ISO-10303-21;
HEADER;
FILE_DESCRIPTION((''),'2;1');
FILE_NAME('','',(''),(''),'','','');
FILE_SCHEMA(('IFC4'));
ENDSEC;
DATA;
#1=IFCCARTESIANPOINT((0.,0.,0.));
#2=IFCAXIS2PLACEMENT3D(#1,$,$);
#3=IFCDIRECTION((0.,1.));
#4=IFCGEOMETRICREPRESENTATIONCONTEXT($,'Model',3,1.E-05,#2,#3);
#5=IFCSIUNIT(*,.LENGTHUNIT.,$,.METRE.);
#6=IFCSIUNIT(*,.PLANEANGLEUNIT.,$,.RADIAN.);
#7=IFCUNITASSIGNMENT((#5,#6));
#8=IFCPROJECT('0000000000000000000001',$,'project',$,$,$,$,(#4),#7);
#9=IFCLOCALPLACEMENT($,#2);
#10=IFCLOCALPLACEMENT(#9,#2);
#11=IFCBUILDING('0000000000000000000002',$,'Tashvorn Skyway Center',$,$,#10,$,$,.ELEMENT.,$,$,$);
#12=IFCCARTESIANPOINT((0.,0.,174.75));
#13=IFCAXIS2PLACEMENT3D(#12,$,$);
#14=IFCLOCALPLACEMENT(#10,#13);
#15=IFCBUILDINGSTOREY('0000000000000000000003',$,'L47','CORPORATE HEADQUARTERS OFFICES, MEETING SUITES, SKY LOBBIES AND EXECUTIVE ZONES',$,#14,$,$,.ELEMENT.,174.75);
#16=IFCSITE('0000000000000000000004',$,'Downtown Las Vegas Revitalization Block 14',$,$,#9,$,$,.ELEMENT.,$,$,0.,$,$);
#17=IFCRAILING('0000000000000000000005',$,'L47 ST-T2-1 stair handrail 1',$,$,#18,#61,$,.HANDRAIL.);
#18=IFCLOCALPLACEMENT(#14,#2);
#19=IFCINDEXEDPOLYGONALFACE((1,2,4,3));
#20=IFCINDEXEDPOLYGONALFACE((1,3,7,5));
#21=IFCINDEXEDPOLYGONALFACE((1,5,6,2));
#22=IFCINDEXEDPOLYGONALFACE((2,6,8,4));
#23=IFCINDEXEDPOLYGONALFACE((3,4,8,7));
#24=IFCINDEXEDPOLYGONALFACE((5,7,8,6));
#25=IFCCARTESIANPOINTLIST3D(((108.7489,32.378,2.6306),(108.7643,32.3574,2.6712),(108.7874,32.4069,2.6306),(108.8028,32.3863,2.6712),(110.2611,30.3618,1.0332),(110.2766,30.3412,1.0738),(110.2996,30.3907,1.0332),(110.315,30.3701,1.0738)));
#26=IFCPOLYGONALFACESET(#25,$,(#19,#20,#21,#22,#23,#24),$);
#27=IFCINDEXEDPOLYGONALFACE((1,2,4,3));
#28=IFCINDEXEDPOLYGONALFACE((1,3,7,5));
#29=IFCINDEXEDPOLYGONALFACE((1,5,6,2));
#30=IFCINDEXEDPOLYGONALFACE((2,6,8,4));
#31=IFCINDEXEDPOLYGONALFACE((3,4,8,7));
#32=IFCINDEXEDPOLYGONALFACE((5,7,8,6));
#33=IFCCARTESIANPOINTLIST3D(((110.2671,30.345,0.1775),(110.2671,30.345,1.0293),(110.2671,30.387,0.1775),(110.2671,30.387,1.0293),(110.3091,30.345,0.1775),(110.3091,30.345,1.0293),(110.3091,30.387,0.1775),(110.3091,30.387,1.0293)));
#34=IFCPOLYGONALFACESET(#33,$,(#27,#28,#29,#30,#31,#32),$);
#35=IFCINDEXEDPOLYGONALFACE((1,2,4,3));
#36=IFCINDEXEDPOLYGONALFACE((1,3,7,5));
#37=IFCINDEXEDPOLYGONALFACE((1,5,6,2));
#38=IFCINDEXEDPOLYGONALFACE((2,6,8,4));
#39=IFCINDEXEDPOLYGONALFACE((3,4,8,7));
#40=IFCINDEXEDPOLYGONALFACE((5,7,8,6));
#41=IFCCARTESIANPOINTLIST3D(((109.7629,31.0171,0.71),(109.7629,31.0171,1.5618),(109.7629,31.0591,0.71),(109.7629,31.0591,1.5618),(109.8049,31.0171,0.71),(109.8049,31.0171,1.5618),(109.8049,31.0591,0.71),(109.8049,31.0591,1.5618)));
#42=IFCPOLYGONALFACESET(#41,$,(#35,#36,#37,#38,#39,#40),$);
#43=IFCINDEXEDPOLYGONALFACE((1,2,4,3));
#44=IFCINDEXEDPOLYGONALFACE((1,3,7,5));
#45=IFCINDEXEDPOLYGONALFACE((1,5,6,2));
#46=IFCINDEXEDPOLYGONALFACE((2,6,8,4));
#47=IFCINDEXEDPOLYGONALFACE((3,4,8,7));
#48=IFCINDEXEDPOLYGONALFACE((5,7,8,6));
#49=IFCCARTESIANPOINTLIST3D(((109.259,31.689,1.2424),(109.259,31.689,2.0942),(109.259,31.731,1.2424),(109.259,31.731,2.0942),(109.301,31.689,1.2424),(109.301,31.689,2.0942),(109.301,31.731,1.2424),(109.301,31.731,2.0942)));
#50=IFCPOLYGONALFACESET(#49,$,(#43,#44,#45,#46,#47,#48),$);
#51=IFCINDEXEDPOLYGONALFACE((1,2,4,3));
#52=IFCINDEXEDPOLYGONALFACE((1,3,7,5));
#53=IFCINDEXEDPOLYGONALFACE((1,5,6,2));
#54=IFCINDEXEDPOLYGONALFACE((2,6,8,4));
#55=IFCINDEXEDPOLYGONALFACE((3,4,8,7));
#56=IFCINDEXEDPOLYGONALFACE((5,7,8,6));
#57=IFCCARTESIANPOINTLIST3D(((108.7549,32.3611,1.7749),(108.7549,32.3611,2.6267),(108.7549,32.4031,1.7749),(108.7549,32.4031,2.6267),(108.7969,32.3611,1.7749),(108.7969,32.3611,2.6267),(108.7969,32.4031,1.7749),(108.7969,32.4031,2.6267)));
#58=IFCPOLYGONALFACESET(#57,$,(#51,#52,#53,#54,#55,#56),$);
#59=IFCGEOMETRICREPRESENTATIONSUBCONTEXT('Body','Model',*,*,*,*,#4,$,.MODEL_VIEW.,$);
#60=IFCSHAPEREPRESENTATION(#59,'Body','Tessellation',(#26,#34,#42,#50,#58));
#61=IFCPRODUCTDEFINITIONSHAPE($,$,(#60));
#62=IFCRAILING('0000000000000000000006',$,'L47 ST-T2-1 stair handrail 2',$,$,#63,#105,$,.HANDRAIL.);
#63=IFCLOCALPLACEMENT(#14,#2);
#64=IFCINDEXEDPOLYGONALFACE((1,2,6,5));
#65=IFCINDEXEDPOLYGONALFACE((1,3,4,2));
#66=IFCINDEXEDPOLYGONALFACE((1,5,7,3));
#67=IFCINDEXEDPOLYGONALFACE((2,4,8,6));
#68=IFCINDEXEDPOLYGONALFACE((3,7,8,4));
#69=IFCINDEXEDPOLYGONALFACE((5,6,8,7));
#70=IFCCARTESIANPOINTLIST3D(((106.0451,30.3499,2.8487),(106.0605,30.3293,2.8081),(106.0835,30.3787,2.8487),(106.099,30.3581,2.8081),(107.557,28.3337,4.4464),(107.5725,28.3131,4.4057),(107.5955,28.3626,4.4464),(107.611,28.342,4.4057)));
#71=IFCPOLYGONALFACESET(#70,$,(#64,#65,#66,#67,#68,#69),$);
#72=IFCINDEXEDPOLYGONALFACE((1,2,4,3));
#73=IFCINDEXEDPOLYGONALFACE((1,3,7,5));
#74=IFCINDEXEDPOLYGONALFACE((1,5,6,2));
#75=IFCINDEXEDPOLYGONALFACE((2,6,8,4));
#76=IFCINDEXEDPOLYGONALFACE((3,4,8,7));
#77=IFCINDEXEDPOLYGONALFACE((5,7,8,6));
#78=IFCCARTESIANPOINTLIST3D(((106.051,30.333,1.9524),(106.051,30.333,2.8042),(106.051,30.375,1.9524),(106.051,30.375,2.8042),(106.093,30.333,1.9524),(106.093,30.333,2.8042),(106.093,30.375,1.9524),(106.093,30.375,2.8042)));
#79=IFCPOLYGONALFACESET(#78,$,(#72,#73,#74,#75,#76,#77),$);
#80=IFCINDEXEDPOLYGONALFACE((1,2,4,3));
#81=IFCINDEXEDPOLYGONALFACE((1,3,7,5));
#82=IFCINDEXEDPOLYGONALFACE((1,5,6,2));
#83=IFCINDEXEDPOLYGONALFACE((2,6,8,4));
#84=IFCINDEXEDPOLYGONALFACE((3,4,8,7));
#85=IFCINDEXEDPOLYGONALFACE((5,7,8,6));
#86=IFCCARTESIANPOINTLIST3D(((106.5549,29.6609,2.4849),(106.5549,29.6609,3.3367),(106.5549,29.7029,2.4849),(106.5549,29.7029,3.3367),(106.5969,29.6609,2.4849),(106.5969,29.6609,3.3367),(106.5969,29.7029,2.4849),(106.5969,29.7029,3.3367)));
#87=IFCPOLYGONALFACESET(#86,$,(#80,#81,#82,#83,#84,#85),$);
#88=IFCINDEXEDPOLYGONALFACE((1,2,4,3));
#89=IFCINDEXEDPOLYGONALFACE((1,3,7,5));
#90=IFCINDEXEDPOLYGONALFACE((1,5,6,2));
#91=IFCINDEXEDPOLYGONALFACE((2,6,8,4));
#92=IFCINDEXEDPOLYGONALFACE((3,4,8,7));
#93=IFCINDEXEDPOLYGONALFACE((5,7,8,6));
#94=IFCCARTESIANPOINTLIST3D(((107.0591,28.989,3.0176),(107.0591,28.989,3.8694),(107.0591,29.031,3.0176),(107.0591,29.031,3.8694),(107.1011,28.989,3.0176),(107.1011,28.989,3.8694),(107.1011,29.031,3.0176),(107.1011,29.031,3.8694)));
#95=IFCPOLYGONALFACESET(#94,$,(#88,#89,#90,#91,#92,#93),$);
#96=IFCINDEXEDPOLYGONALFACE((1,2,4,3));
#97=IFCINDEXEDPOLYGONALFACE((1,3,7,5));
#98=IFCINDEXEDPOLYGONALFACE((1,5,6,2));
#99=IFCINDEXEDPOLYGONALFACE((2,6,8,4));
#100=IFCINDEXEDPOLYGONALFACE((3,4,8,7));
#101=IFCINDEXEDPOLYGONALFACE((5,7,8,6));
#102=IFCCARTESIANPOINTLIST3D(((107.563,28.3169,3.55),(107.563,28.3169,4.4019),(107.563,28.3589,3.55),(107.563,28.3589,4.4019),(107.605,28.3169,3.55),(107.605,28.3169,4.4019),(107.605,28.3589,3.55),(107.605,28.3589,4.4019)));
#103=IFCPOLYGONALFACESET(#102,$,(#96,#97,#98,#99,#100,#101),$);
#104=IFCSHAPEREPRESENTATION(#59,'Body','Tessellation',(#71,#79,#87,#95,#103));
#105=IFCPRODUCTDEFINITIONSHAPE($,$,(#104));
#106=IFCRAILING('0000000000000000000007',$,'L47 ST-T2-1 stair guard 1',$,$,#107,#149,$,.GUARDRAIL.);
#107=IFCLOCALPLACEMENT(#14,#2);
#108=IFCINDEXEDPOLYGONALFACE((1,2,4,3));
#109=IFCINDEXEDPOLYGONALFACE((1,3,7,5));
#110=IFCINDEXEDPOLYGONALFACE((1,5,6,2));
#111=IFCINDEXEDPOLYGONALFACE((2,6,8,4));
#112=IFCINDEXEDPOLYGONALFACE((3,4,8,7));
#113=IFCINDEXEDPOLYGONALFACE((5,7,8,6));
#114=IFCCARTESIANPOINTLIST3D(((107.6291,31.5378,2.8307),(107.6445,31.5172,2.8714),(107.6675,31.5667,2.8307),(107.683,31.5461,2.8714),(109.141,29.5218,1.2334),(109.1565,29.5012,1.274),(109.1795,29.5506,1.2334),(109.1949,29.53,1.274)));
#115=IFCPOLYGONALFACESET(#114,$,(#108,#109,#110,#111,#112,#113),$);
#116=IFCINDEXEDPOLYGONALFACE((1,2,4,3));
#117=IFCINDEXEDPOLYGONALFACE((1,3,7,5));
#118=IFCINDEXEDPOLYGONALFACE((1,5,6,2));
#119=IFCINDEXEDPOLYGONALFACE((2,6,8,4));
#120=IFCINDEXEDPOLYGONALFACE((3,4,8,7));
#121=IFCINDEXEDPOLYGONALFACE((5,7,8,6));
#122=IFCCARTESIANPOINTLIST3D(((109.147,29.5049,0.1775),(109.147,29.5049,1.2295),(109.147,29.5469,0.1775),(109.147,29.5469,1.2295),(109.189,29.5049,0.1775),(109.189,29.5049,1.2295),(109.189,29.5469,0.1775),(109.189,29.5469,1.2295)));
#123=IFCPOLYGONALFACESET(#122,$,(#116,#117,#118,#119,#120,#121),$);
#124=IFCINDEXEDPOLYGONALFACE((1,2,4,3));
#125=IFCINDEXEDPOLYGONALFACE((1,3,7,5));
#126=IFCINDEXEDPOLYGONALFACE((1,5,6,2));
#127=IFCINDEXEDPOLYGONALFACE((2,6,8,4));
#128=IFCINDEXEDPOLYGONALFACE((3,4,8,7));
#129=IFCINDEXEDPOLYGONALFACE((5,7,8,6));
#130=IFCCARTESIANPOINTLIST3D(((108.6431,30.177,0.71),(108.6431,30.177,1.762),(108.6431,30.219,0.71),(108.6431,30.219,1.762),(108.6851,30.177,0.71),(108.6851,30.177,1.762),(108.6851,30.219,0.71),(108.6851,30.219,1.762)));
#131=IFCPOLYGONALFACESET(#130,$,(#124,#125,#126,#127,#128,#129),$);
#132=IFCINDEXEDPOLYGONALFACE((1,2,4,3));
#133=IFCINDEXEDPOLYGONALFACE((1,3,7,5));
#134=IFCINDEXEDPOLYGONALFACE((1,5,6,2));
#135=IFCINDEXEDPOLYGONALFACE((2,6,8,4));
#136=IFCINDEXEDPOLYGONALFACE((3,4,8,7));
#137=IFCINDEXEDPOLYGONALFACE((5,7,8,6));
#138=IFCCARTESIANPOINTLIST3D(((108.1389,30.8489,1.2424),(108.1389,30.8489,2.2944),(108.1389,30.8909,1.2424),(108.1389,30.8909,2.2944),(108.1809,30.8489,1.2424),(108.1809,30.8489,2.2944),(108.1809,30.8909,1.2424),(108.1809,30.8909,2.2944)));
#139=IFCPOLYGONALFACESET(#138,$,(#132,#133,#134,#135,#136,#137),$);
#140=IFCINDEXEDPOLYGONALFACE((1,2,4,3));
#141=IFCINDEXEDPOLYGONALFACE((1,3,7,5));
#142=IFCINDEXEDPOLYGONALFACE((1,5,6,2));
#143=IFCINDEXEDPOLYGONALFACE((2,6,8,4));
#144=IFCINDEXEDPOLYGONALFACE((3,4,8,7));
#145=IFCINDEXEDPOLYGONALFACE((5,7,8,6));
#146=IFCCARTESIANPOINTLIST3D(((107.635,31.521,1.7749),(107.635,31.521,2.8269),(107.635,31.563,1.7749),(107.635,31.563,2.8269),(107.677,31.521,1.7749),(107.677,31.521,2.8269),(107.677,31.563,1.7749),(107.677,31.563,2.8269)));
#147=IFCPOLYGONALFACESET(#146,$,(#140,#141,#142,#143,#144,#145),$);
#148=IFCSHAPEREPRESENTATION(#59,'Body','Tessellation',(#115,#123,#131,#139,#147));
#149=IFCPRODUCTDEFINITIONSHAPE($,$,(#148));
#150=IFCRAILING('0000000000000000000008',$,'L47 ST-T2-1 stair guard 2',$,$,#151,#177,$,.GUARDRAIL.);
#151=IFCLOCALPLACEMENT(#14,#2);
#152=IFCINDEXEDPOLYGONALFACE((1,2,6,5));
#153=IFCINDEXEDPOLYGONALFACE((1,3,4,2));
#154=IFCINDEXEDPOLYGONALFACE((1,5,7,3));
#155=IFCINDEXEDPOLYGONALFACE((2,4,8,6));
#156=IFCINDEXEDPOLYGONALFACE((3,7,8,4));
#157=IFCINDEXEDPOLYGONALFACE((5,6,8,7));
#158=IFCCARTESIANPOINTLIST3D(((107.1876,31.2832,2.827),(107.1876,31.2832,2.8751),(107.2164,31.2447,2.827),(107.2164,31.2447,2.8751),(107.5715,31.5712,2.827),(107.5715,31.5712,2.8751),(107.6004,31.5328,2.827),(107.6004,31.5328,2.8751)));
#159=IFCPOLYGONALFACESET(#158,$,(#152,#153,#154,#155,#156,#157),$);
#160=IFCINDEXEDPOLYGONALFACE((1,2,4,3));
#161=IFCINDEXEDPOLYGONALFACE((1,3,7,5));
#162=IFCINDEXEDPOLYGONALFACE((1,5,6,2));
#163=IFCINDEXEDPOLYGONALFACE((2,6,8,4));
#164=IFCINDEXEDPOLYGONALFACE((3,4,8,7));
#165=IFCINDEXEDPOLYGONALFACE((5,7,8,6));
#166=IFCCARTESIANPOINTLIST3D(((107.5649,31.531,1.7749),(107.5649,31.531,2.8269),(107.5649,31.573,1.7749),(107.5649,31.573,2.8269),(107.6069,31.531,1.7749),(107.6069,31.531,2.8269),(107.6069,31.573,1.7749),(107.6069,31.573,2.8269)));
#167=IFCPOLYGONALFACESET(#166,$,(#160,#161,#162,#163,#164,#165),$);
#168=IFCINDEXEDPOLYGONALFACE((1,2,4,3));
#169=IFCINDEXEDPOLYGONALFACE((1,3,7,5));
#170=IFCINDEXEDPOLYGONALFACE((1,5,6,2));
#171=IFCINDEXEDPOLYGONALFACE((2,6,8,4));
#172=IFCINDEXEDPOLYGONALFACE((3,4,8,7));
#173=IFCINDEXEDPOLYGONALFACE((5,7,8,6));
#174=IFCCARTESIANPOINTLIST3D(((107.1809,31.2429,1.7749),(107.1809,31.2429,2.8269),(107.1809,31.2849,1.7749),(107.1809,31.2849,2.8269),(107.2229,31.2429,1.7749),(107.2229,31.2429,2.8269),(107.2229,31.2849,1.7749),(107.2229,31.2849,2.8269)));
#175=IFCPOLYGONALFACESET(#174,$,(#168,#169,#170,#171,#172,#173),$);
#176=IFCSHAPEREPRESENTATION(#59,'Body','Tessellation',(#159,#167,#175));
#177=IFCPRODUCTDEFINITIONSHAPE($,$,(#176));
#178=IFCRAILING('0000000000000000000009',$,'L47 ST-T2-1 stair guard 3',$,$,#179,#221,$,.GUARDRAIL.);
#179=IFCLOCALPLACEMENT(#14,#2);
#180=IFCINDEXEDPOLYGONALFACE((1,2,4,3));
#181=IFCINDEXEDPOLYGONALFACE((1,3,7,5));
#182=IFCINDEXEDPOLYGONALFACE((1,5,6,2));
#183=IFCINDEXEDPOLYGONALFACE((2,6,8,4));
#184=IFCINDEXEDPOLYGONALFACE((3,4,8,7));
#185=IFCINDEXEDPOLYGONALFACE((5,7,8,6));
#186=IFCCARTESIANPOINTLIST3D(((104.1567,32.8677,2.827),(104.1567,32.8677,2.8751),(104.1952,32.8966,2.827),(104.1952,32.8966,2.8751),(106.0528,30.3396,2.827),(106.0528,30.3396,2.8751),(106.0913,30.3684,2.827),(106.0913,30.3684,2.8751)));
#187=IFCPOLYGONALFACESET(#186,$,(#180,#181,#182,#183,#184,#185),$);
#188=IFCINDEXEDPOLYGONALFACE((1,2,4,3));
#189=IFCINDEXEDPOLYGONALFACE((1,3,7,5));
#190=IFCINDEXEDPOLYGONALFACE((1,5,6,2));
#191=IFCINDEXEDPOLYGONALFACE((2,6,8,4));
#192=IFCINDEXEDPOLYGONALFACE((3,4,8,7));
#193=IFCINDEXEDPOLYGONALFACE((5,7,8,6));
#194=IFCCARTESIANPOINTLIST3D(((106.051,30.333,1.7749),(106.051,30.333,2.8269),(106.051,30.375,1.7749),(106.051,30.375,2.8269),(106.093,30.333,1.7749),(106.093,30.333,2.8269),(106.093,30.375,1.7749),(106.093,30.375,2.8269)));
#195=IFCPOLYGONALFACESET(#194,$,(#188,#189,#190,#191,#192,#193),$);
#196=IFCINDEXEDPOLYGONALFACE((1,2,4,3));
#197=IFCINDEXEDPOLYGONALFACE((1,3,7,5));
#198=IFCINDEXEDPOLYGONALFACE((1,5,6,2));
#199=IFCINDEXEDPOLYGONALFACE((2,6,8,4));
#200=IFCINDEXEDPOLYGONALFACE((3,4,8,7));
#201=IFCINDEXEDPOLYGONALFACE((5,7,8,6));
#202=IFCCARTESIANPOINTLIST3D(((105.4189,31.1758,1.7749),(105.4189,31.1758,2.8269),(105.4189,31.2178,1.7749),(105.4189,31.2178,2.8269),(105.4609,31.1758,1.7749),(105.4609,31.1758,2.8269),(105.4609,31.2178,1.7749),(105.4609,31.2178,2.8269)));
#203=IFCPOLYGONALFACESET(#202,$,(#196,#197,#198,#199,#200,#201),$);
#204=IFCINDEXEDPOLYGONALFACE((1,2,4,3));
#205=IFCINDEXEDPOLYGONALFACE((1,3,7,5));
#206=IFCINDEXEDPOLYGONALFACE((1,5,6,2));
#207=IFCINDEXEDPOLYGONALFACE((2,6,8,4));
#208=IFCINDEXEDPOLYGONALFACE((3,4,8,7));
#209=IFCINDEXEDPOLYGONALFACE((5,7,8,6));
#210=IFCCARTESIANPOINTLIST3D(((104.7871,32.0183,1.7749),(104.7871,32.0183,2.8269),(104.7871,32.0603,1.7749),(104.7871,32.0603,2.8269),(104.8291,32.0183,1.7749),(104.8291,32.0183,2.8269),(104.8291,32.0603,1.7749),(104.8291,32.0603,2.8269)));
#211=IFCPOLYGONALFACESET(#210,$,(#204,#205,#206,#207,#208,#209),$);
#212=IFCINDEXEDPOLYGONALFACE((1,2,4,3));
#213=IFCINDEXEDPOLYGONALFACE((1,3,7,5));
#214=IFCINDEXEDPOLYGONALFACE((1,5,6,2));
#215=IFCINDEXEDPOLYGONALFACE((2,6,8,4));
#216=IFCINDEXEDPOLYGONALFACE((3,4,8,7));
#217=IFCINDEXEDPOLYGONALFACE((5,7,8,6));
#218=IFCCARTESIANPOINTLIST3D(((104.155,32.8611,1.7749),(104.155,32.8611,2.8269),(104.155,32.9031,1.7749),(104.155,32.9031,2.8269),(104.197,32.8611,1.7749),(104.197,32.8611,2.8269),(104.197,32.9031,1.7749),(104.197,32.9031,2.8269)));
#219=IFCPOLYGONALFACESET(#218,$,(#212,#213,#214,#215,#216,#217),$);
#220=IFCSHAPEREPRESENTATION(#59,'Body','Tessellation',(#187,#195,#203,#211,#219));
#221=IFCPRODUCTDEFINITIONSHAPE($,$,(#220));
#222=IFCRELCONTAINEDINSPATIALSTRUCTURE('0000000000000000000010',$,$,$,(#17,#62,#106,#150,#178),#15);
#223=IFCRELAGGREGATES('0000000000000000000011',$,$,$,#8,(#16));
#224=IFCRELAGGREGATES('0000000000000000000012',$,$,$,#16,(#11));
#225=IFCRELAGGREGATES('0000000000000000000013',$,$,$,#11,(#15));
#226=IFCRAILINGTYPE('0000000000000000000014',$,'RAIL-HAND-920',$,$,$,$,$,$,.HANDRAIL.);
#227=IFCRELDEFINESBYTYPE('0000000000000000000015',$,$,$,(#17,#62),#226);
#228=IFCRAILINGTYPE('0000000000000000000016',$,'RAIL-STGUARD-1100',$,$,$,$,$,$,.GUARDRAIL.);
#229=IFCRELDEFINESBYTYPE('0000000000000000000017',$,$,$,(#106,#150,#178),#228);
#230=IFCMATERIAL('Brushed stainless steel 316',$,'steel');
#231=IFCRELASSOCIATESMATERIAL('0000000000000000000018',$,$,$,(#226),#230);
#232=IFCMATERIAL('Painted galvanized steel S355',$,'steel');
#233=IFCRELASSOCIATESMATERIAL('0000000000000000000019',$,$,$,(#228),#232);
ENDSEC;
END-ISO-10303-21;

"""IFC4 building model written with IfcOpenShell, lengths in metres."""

from ifc_helpers import new_model, si_unit, direction, frame, origin, origin_2d, place, context, subcontext, project, spatial, rectangle, extrude, material, type_object, element, save


model = new_model("IFC4")

# Units and contexts
model_context = context("Model", 3, precision=1e-05, world=origin(), true_north=direction((0.0, 1.0)))
body_context = subcontext(model_context, "Body", "Model", "MODEL_VIEW")
ifc_project = project(units=[si_unit("LENGTHUNIT", "METRE"), si_unit("PLANEANGLEUNIT", "RADIAN")], contexts=[model_context])

# Site, building, storey
site_placement = place(None, origin())
site = spatial("IfcSite", under=ifc_project, at=site_placement, Name="Downtown Las Vegas Revitalization Block 14", CompositionType="ELEMENT", RefElevation=0.0)
building_placement = place(site_placement, origin())
building = spatial("IfcBuilding", under=site, at=building_placement, Name="Tashvorn Skyway Center", CompositionType="ELEMENT")
storey_placement = place(building_placement, frame((0.0, 0.0, 174.75)))
storey = spatial("IfcBuildingStorey", under=building, at=storey_placement, Name="L47", Description="CORPORATE HEADQUARTERS OFFICES, MEETING SUITES, SKY LOBBIES AND EXECUTIVE ZONES", CompositionType="ELEMENT", Elevation=174.75)

# Railings
ifc_material_1 = material(Name="Brushed stainless steel 316", Category="steel")
railing_type_1 = type_object("IfcRailingType", Name="RAIL-HAND-920", PredefinedType="HANDRAIL", material=ifc_material_1)
railing_1_placement = place(storey_placement, frame((110.2881, 30.366, 0.1775)))
element("IfcRailing", 1, at=railing_1_placement, inside=storey, type_object=railing_type_1, Name="L47 ST-T2-1 stair handrail 1", PredefinedType="HANDRAIL", context=body_context, shape_type="SweptSolid", body=[
    extrude(rectangle(XDim=0.0481, YDim=0.0481, at=origin_2d()), frame((0.0, 0.0, 0.876), z_axis=(-0.506802, 0.675681, 0.535357), x_axis=(-0.799977, -0.600031, 0.0)), (0.0, 0.0, 1.0), 2.9839),
    extrude(rectangle(XDim=0.042, YDim=0.042, at=origin_2d()), origin(), (0.0, 0.0, 1.0), 0.8518),
    extrude(rectangle(XDim=0.042, YDim=0.042, at=origin_2d()), frame((-0.5042, 0.6721, 0.5325)), (0.0, 0.0, 1.0), 0.8518),
    extrude(rectangle(XDim=0.042, YDim=0.042, at=origin_2d()), frame((-1.0081, 1.344, 1.0649)), (0.0, 0.0, 1.0), 0.8518),
    extrude(rectangle(XDim=0.042, YDim=0.042, at=origin_2d()), frame((-1.5122, 2.0161, 1.5974)), (0.0, 0.0, 1.0), 0.8518),
])
railing_2_placement = place(storey_placement, frame((106.072, 30.354, 1.9524)))
element("IfcRailing", 2, at=railing_2_placement, inside=storey, type_object=railing_type_1, Name="L47 ST-T2-1 stair handrail 2", PredefinedType="HANDRAIL", context=body_context, shape_type="SweptSolid", body=[
    extrude(rectangle(XDim=0.0481, YDim=0.0481, at=origin_2d()), frame((0.0, 0.0, 0.876), z_axis=(0.506719, -0.675679, 0.535438), x_axis=(0.800023, 0.599969, 0.0)), (0.0, 0.0, 1.0), 2.9839),
    extrude(rectangle(XDim=0.042, YDim=0.042, at=origin_2d()), origin(), (0.0, 0.0, 1.0), 0.8518),
    extrude(rectangle(XDim=0.042, YDim=0.042, at=origin_2d()), frame((0.5039, -0.6721, 0.5325)), (0.0, 0.0, 1.0), 0.8518),
    extrude(rectangle(XDim=0.042, YDim=0.042, at=origin_2d()), frame((1.0081, -1.344, 1.0652)), (0.0, 0.0, 1.0), 0.8518),
    extrude(rectangle(XDim=0.042, YDim=0.042, at=origin_2d()), frame((1.512, -2.0161, 1.5977)), (0.0, 0.0, 1.0), 0.8518),
])
ifc_material_2 = material(Name="Painted galvanized steel S355", Category="steel")
railing_type_2 = type_object("IfcRailingType", Name="RAIL-STGUARD-1100", PredefinedType="GUARDRAIL", material=ifc_material_2)
railing_3_placement = place(storey_placement, frame((109.168, 29.5259, 0.1775)))
element("IfcRailing", 3, at=railing_3_placement, inside=storey, type_object=railing_type_2, Name="L47 ST-T2-1 stair guard 1", PredefinedType="GUARDRAIL", context=body_context, shape_type="SweptSolid", body=[
    extrude(rectangle(XDim=0.0481, YDim=0.0481, at=origin_2d()), frame((0.0, 0.0, 1.0762), z_axis=(-0.506741, 0.675709, 0.535379), x_axis=(-0.800023, -0.599969, 0.0)), (0.0, 0.0, 1.0), 2.9836),
    extrude(rectangle(XDim=0.042, YDim=0.042, at=origin_2d()), origin(), (0.0, 0.0, 1.0), 1.052),
    extrude(rectangle(XDim=0.042, YDim=0.042, at=origin_2d()), frame((-0.5039, 0.6721, 0.5325)), (0.0, 0.0, 1.0), 1.052),
    extrude(rectangle(XDim=0.042, YDim=0.042, at=origin_2d()), frame((-1.0081, 1.344, 1.0649)), (0.0, 0.0, 1.0), 1.052),
    extrude(rectangle(XDim=0.042, YDim=0.042, at=origin_2d()), frame((-1.512, 2.0161, 1.5974)), (0.0, 0.0, 1.0), 1.052),
])
railing_4_placement = place(storey_placement, frame((107.5859, 31.552, 1.7749)))
element("IfcRailing", 4, at=railing_4_placement, inside=storey, type_object=railing_type_2, Name="L47 ST-T2-1 stair guard 2", PredefinedType="GUARDRAIL", context=body_context, shape_type="SweptSolid", body=[
    extrude(rectangle(XDim=0.0481, YDim=0.0481, at=origin_2d()), frame((0.0, 0.0, 1.0762), z_axis=(-0.799939, -0.600081, 0.0), x_axis=(0.600081, -0.799939, 0.0)), (0.0, 0.0, 1.0), 0.48),
    extrude(rectangle(XDim=0.042, YDim=0.042, at=origin_2d()), origin(), (0.0, 0.0, 1.0), 1.052),
    extrude(rectangle(XDim=0.042, YDim=0.042, at=origin_2d()), frame((-0.384, -0.2881, 0.0)), (0.0, 0.0, 1.0), 1.052),
])
railing_5_placement = place(storey_placement, frame((106.072, 30.354, 1.7749)))
element("IfcRailing", 5, at=railing_5_placement, inside=storey, type_object=railing_type_2, Name="L47 ST-T2-1 stair guard 3", PredefinedType="GUARDRAIL", context=body_context, shape_type="SweptSolid", body=[
    extrude(rectangle(XDim=0.0481, YDim=0.0481, at=origin_2d()), frame((0.0, 0.0, 1.0762), z_axis=(-0.599988, 0.800009, 0.0), x_axis=(-0.800009, -0.599988, 0.0)), (0.0, 0.0, 1.0), 3.1602),
    extrude(rectangle(XDim=0.042, YDim=0.042, at=origin_2d()), origin(), (0.0, 0.0, 1.0), 1.052),
    extrude(rectangle(XDim=0.042, YDim=0.042, at=origin_2d()), frame((-0.6321, 0.8428, 0.0)), (0.0, 0.0, 1.0), 1.052),
    extrude(rectangle(XDim=0.042, YDim=0.042, at=origin_2d()), frame((-1.2639, 1.6853, 0.0)), (0.0, 0.0, 1.0), 1.052),
    extrude(rectangle(XDim=0.042, YDim=0.042, at=origin_2d()), frame((-1.896, 2.5281, 0.0)), (0.0, 0.0, 1.0), 1.052),
])

save(model, "model.ifc")
